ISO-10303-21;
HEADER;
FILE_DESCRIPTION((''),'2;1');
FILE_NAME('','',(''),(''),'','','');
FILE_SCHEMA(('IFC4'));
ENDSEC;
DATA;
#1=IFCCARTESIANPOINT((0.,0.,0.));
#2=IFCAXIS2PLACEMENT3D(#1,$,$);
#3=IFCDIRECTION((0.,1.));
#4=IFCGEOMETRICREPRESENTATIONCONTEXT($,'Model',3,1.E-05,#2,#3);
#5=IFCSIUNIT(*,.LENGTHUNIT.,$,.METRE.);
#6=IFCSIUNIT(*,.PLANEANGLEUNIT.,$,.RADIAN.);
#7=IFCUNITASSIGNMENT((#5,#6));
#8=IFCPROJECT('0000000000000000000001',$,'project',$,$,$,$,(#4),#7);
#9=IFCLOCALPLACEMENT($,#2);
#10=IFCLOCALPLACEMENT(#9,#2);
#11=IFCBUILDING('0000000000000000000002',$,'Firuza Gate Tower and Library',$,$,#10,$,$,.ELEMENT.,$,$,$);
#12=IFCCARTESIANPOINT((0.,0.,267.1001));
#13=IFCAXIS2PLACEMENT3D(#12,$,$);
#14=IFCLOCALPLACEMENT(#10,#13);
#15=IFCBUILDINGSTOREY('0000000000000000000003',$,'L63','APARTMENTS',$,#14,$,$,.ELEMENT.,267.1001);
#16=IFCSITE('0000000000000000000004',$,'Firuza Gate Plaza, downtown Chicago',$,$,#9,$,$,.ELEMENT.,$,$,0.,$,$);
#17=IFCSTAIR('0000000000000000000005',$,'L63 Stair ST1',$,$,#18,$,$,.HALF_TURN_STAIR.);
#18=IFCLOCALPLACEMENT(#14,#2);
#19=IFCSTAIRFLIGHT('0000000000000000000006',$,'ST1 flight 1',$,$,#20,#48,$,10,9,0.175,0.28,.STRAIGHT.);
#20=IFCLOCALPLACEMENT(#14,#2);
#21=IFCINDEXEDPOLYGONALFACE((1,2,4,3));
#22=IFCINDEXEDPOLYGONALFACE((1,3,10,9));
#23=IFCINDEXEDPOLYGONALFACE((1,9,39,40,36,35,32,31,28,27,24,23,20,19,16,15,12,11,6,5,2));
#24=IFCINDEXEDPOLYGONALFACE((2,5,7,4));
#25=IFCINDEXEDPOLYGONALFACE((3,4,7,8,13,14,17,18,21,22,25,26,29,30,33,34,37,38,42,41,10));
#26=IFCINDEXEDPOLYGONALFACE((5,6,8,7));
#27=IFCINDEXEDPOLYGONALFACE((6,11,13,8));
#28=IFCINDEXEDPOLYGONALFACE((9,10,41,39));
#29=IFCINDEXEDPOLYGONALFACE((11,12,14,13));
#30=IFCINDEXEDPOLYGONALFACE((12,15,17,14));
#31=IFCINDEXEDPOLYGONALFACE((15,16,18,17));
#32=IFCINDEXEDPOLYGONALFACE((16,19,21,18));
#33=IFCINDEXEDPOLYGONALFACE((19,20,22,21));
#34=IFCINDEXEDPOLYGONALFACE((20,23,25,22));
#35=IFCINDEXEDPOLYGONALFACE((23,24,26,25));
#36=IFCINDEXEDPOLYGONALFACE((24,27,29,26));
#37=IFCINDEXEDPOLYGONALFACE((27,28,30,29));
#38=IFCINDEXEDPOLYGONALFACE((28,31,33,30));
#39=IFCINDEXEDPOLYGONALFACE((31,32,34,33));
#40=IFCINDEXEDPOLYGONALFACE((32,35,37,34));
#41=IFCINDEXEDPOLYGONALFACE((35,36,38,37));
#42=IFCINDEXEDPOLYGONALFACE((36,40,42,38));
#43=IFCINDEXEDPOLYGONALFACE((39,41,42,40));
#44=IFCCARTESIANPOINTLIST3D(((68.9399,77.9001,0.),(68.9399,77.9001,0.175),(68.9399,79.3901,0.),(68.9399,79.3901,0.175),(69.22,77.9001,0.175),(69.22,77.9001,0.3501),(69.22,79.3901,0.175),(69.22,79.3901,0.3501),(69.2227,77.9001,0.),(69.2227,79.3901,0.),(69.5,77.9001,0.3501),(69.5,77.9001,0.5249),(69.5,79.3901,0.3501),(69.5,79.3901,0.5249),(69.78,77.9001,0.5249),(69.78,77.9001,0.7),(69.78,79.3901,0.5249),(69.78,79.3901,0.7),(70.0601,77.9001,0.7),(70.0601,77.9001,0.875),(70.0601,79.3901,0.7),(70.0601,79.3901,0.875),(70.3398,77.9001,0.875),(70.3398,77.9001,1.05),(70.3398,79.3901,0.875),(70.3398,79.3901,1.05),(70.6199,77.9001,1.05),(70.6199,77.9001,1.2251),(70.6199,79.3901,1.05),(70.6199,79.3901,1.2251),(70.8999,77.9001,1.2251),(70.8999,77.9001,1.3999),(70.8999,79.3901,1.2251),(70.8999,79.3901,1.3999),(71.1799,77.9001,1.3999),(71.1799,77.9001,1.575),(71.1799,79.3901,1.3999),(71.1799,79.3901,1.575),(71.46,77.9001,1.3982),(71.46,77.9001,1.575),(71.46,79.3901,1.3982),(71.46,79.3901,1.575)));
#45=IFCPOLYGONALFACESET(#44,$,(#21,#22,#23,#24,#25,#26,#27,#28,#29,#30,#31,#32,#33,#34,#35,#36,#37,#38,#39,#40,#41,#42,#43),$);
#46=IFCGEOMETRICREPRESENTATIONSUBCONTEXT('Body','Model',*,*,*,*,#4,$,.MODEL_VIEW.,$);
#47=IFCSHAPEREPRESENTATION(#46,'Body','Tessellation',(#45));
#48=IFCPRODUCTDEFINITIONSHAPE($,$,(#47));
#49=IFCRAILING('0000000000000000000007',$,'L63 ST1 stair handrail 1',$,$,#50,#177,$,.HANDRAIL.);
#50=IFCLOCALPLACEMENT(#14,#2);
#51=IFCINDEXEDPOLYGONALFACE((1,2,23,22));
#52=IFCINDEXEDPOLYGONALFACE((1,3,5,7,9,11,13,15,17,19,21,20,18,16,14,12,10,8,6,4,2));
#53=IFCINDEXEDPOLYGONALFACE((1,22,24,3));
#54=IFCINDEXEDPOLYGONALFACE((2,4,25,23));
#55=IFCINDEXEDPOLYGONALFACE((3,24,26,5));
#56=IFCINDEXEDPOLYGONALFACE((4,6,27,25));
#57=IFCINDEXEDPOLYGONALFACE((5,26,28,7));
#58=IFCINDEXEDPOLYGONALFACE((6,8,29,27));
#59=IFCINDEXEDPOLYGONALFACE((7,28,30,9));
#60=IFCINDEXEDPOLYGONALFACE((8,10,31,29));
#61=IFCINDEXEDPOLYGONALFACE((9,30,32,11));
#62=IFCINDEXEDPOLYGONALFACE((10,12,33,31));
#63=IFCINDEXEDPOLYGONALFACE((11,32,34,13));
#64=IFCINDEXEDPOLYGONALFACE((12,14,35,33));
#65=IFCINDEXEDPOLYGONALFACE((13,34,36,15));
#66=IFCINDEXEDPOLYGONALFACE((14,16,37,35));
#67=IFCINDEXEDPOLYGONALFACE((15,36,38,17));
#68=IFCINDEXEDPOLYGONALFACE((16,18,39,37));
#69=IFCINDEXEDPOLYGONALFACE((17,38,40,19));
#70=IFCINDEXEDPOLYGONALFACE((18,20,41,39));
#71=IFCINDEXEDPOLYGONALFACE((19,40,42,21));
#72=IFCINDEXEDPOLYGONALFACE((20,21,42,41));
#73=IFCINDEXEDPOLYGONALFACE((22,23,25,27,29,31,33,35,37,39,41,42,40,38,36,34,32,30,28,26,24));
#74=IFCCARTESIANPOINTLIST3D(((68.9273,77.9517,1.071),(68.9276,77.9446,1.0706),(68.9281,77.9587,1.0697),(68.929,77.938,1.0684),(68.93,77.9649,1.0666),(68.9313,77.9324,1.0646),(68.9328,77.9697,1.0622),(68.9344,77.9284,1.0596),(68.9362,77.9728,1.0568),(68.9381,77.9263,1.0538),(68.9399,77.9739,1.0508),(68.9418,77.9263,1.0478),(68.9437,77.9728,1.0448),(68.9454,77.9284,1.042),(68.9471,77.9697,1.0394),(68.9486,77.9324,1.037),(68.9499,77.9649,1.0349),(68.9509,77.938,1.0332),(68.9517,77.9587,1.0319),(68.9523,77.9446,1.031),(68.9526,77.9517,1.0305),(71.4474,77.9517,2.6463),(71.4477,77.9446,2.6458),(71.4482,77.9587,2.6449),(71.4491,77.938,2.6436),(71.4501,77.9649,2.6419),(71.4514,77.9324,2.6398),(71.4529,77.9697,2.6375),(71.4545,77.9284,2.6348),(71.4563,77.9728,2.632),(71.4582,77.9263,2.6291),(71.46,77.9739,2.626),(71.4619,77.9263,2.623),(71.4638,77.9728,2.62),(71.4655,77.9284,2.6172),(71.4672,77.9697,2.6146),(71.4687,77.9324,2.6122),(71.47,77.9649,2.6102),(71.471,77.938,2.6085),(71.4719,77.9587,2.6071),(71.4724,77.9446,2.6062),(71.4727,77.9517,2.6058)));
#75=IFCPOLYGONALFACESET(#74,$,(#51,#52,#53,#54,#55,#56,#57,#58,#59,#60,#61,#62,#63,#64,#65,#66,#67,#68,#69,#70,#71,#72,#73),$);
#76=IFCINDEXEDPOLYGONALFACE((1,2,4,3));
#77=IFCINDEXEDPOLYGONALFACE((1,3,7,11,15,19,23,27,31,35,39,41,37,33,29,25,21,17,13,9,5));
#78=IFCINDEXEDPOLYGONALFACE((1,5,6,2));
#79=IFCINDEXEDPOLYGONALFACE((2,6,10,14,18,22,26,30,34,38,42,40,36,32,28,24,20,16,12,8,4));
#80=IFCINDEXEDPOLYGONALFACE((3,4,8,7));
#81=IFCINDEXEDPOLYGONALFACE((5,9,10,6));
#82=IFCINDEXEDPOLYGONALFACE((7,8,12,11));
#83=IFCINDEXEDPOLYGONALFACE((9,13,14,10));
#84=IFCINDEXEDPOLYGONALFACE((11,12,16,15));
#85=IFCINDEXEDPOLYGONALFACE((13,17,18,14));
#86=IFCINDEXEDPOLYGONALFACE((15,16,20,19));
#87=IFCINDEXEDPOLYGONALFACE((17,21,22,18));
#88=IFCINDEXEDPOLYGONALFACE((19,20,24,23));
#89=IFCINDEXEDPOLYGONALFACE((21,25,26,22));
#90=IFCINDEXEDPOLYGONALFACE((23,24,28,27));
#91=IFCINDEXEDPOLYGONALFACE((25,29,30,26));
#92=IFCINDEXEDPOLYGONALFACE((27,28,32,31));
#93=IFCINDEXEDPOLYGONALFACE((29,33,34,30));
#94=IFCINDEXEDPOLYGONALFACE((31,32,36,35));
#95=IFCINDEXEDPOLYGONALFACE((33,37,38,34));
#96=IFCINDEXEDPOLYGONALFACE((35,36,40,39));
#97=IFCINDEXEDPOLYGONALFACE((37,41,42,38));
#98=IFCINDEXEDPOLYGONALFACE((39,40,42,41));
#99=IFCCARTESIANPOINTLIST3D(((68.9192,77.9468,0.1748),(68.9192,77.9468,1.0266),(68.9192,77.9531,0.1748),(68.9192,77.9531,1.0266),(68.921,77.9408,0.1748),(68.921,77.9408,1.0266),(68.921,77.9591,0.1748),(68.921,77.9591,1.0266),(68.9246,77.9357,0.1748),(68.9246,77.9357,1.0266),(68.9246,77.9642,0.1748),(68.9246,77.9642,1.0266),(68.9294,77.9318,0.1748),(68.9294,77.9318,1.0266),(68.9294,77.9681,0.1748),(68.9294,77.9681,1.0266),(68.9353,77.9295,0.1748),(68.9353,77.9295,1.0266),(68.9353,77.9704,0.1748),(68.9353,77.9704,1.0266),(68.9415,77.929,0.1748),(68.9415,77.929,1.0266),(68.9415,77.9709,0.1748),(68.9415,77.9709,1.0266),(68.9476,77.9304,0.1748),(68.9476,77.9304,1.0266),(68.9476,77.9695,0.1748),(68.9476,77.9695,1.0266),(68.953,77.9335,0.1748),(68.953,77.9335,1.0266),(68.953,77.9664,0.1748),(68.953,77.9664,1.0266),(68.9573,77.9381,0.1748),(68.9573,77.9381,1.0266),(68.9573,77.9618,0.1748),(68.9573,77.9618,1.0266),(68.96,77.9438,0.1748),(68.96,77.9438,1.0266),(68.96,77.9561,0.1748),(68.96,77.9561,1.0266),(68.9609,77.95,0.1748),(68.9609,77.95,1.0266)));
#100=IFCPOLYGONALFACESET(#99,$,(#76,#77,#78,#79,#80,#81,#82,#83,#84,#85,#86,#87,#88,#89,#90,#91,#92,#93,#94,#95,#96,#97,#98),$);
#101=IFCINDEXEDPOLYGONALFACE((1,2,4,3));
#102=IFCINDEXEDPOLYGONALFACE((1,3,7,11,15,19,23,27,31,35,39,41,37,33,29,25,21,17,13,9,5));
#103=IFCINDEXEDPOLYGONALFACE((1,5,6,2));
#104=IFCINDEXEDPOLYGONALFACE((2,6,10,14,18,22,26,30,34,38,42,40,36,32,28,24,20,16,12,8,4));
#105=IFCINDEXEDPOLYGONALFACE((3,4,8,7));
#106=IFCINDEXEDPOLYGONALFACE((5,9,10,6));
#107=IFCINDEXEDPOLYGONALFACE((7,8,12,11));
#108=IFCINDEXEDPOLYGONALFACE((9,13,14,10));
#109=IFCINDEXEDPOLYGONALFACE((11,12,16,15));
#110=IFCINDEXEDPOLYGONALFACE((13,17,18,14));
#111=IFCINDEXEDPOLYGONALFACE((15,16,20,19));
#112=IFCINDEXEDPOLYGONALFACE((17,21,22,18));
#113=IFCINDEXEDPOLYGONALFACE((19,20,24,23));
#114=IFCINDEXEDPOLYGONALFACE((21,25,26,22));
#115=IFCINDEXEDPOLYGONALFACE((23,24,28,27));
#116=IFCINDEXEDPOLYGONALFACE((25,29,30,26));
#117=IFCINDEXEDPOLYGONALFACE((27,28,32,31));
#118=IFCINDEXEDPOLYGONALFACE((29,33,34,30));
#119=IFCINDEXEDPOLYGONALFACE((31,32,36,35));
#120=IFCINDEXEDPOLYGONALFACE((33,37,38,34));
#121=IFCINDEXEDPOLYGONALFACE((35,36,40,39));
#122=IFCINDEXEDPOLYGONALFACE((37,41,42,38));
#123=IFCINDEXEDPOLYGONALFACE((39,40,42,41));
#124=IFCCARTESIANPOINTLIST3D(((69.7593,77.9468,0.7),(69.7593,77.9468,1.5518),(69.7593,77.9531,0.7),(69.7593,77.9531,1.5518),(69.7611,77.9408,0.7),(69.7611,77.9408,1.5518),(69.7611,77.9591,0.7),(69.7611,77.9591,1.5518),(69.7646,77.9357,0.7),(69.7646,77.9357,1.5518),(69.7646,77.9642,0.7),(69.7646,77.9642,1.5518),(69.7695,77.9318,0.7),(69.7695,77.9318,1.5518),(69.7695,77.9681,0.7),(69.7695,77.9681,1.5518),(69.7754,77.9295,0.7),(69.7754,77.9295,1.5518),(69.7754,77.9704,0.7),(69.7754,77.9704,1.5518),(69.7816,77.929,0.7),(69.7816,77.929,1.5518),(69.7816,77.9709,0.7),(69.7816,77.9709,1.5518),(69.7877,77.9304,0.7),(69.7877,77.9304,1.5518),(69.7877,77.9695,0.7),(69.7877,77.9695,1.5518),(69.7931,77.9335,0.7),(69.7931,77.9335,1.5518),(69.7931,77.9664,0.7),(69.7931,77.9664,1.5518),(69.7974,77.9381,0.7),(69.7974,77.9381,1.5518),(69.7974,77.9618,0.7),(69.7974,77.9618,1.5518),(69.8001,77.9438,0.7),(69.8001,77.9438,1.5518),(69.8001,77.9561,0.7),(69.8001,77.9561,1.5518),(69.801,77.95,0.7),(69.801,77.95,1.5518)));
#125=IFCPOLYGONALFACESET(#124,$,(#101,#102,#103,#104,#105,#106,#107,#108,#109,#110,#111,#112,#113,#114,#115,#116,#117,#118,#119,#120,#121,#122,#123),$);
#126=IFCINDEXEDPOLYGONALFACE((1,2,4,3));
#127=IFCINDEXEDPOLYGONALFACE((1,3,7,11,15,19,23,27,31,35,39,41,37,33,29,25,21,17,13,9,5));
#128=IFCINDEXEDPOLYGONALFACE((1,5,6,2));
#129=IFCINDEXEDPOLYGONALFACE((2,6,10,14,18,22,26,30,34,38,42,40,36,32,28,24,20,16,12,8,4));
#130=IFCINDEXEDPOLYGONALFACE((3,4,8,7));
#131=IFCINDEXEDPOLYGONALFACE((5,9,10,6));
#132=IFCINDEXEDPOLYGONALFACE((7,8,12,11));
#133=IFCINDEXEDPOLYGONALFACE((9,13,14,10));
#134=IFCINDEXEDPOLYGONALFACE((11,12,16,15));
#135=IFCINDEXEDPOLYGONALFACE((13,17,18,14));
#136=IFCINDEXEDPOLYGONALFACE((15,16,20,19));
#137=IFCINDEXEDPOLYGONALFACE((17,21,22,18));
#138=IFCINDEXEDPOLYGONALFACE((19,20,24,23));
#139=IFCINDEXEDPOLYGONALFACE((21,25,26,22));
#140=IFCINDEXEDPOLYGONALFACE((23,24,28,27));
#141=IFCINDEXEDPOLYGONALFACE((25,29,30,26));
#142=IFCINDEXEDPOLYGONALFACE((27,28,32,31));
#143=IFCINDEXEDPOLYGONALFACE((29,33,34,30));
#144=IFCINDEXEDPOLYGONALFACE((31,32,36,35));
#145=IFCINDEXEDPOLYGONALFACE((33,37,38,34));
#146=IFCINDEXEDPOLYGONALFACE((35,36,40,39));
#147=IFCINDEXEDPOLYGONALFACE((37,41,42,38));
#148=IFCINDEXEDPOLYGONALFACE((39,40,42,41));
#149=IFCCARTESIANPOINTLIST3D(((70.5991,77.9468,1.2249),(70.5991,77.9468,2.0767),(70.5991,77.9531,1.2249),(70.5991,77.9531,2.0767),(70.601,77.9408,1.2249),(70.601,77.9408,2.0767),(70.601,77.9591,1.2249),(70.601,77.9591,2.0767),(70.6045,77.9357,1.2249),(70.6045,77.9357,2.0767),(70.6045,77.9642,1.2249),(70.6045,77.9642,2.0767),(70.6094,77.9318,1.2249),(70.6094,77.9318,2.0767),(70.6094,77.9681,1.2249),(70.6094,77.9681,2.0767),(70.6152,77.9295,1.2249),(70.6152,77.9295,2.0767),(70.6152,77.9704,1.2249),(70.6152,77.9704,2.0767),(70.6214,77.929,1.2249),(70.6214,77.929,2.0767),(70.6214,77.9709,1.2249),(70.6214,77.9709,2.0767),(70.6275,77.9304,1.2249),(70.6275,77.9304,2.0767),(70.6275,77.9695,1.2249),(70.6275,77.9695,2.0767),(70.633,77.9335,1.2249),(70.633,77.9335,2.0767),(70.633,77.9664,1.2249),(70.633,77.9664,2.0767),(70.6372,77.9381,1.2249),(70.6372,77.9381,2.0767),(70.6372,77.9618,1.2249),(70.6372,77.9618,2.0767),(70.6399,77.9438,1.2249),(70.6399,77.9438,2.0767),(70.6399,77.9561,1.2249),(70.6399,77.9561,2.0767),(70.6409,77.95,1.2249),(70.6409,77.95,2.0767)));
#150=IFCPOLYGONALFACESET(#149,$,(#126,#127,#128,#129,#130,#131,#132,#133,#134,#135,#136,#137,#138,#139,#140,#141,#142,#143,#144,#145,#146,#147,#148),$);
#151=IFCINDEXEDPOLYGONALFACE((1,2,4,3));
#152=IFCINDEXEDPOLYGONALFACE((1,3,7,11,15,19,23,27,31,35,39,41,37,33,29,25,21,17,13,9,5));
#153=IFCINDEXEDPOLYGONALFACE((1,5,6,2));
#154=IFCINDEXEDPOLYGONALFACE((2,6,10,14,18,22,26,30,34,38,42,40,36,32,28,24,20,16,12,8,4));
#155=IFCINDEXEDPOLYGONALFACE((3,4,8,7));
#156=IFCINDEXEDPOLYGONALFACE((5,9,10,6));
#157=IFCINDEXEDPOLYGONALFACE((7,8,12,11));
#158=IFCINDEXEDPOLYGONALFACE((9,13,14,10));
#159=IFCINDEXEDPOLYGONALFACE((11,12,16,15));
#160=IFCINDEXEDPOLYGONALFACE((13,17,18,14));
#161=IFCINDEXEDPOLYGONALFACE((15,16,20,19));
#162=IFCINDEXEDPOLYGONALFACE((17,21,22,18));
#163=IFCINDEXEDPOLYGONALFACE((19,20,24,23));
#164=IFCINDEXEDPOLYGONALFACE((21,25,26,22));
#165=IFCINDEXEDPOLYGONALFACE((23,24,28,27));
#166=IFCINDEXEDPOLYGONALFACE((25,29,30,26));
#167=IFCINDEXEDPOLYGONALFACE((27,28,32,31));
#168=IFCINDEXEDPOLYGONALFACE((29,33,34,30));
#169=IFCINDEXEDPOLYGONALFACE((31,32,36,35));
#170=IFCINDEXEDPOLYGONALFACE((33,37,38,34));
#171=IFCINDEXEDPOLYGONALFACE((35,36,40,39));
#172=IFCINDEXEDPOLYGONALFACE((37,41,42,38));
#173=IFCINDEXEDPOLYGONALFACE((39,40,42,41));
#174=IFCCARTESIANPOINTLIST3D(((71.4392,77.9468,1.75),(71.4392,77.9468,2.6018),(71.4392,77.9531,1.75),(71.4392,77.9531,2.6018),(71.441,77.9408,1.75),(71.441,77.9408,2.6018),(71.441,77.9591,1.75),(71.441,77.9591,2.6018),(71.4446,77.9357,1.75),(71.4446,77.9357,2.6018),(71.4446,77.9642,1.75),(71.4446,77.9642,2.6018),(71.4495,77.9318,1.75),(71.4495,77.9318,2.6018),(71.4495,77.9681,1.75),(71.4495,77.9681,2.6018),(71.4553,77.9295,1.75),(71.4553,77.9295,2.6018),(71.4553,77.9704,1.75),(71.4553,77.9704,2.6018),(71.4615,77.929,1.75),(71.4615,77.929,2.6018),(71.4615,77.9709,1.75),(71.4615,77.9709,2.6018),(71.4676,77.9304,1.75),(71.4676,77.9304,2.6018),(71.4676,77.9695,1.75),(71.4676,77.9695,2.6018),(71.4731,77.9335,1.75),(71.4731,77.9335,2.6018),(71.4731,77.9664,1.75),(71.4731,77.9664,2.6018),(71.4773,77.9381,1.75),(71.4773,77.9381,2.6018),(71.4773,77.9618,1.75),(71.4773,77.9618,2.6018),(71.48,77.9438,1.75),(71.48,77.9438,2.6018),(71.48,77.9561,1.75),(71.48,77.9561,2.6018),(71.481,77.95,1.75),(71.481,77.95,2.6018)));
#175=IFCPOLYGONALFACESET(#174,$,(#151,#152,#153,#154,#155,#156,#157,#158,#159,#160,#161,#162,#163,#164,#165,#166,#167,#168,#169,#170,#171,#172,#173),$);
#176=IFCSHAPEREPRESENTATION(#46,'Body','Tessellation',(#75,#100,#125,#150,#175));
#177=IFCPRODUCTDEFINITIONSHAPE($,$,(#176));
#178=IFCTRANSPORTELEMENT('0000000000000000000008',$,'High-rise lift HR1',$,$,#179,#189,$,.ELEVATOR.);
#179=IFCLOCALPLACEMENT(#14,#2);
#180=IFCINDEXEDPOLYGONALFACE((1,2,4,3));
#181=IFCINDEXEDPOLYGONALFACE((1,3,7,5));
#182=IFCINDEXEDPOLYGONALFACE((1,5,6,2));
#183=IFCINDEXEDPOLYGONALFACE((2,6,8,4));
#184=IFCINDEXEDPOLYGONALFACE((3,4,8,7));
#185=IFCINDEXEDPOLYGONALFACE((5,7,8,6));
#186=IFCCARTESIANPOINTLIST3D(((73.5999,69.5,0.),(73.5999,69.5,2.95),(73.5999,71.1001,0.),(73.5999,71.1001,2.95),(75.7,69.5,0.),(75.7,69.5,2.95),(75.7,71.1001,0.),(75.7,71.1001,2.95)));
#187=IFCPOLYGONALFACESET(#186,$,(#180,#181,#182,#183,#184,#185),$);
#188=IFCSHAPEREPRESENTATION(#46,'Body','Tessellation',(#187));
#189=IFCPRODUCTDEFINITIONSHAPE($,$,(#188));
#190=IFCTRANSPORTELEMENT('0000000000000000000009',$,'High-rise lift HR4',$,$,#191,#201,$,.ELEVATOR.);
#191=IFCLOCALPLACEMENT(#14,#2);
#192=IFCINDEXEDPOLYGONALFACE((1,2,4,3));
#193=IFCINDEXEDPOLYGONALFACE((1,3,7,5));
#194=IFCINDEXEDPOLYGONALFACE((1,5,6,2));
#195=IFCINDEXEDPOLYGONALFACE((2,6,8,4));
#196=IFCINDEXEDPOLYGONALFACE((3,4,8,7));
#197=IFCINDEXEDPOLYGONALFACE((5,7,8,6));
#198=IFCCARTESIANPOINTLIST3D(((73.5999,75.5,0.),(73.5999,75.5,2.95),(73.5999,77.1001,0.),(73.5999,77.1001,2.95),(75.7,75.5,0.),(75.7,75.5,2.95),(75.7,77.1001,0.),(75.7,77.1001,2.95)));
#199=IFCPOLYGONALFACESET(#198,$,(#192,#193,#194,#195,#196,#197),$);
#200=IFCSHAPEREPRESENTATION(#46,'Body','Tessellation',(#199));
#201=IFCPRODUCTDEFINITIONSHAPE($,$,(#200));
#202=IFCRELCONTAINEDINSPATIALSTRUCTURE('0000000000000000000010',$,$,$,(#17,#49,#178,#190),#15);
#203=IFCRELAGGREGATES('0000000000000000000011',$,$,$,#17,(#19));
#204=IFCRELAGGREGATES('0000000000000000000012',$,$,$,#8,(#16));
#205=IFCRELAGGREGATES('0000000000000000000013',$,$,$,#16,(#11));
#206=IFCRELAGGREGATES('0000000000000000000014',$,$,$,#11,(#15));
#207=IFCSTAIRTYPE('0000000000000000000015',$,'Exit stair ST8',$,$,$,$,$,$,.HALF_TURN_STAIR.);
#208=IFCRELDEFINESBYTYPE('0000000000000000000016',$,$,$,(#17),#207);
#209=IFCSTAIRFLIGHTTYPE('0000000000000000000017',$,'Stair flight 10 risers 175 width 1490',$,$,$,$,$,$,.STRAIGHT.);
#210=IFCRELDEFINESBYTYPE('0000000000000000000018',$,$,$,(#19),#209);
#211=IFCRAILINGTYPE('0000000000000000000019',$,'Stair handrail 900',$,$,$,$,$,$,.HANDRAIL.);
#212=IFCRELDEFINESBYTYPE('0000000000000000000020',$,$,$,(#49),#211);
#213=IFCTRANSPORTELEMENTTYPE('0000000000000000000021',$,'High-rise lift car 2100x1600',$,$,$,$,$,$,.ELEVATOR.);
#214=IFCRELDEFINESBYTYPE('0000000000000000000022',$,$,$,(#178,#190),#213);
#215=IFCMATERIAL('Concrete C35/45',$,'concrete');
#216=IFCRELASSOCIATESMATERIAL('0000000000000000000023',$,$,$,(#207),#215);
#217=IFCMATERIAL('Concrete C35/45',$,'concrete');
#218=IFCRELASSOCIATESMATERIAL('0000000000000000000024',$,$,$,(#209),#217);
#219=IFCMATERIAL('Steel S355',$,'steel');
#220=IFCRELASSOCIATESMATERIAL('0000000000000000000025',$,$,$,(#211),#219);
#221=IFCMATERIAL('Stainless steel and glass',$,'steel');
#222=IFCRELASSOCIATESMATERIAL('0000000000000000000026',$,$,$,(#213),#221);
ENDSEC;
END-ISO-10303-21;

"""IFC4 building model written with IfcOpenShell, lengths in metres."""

from ifc_helpers import new_model, si_unit, direction, frame, origin, origin_2d, place, context, subcontext, project, spatial, polyline, rectangle, circle, outline, extrude, material, type_object, element, aggregate, save


model = new_model("IFC4")

# Units and contexts
model_context = context("Model", 3, precision=1e-05, world=origin(), true_north=direction((0.0, 1.0)))
body_context = subcontext(model_context, "Body", "Model", "MODEL_VIEW")
ifc_project = project(units=[si_unit("LENGTHUNIT", "METRE"), si_unit("PLANEANGLEUNIT", "RADIAN")], contexts=[model_context])

# Site, building, storey
site_placement = place(None, origin())
site = spatial("IfcSite", under=ifc_project, at=site_placement, Name="Firuza Gate Plaza, downtown Chicago", CompositionType="ELEMENT", RefElevation=0.0)
building_placement = place(site_placement, origin())
building = spatial("IfcBuilding", under=site, at=building_placement, Name="Firuza Gate Tower and Library", CompositionType="ELEMENT")
storey_placement = place(building_placement, frame((0.0, 0.0, 267.1001)))
storey = spatial("IfcBuildingStorey", under=building, at=storey_placement, Name="L63", Description="APARTMENTS", CompositionType="ELEMENT", Elevation=267.1001)

# Stair, stair flight
ifc_material_1 = material(Name="Concrete C35/45", Category="concrete")
stair_type = type_object("IfcStairType", Name="Exit stair ST8", PredefinedType="HALF_TURN_STAIR", material=ifc_material_1)
stair_placement = place(storey_placement, origin())
stair = element("IfcStair", 1, at=stair_placement, inside=storey, type_object=stair_type, Name="L63 Stair ST1", PredefinedType="HALF_TURN_STAIR")
ifc_material_2 = material(Name="Concrete C35/45", Category="concrete")
stair_flight_type = type_object("IfcStairFlightType", Name="Stair flight 10 risers 175 width 1490", PredefinedType="STRAIGHT", material=ifc_material_2)
stair_flight_placement = place(storey_placement, frame((68.9399, 78.645, 0.0), z_axis=(0.0, 0.0, 1.0), x_axis=(1.0, 0.0, 0.0)))
stair_flight = element("IfcStairFlight", 2, at=stair_flight_placement, type_object=stair_flight_type, Name="ST1 flight 1", NumberOfRisers=10, NumberOfTreads=9, PredefinedType="STRAIGHT", RiserHeight=0.175, TreadLength=0.28, context=body_context, shape_type="SweptSolid", body=[
    extrude(outline(polyline([(0.0, 0.0), (0.0, 0.175), (0.28, 0.175), (0.28, 0.3501), (0.5601, 0.3501), (0.5601, 0.5249), (0.8401, 0.5249), (0.8401, 0.7), (1.1201, 0.7), (1.1201, 0.875), (1.3999, 0.875), (1.3999, 1.05), (1.6799, 1.05), (1.6799, 1.2251), (1.96, 1.2251), (1.96, 1.3999), (2.24, 1.3999), (2.24, 1.575), (2.52, 1.575), (2.52, 1.75), (2.52, 1.3982), (0.2827, 0.0), (0.0, 0.0)])), frame((0.0, 0.7451, 0.0), z_axis=(0.0, -1.0, 0.0), x_axis=(1.0, 0.0, 0.0)), (0.0, 0.0, 1.0), 1.49),
])
aggregate(stair, [stair_flight])

# Railing
ifc_material_3 = material(Name="Steel S355", Category="steel")
railing_type = type_object("IfcRailingType", Name="Stair handrail 900", PredefinedType="HANDRAIL", material=ifc_material_3)
railing_placement = place(storey_placement, frame((68.9399, 77.95, 0.1748)))
element("IfcRailing", 3, at=railing_placement, inside=storey, type_object=railing_type, Name="L63 ST1 stair handrail 1", PredefinedType="HANDRAIL", context=body_context, shape_type="SweptSolid", body=[
    extrude(circle(Radius=0.0239, at=origin_2d()), frame((0.0, 0.0, 0.876), z_axis=(0.847971, 0.0, 0.530043), x_axis=(0.0, 1.0, 0.0)), (0.0, 0.0, 1.0), 2.9719),
    extrude(circle(Radius=0.021, at=origin_2d()), origin(), (0.0, 0.0, 1.0), 0.8518),
    extrude(circle(Radius=0.021, at=origin_2d()), frame((0.8401, 0.0, 0.5251)), (0.0, 0.0, 1.0), 0.8518),
    extrude(circle(Radius=0.021, at=origin_2d()), frame((1.6799, 0.0, 1.05)), (0.0, 0.0, 1.0), 0.8518),
    extrude(circle(Radius=0.021, at=origin_2d()), frame((2.52, 0.0, 1.5752)), (0.0, 0.0, 1.0), 0.8518),
])

# Transport elements
ifc_material_4 = material(Name="Stainless steel and glass", Category="steel")
transport_element_type = type_object("IfcTransportElementType", Name="High-rise lift car 2100x1600", PredefinedType="ELEVATOR", material=ifc_material_4)
for number, where, z_axis, x_axis, name in (
    (4, (74.6499, 70.3, 0.0), (0.0, 0.0, 1.0), (1.0, 0.0, 0.0), "High-rise lift HR1"),
    (5, (74.6499, 76.3, 0.0), (0.0, 0.0, 1.0), (1.0, 0.0, 0.0), "High-rise lift HR4"),
):
    element("IfcTransportElement", number, at=place(storey_placement, frame(where, z_axis=z_axis, x_axis=x_axis)), inside=storey, type_object=transport_element_type, Name=name, PredefinedType="ELEVATOR", context=body_context, shape_type="SweptSolid", body=[
        extrude(rectangle(XDim=2.1001, YDim=1.6001, at=origin_2d()), origin(), (0.0, 0.0, 1.0), 2.95),
    ])

save(model, "model.ifc")
